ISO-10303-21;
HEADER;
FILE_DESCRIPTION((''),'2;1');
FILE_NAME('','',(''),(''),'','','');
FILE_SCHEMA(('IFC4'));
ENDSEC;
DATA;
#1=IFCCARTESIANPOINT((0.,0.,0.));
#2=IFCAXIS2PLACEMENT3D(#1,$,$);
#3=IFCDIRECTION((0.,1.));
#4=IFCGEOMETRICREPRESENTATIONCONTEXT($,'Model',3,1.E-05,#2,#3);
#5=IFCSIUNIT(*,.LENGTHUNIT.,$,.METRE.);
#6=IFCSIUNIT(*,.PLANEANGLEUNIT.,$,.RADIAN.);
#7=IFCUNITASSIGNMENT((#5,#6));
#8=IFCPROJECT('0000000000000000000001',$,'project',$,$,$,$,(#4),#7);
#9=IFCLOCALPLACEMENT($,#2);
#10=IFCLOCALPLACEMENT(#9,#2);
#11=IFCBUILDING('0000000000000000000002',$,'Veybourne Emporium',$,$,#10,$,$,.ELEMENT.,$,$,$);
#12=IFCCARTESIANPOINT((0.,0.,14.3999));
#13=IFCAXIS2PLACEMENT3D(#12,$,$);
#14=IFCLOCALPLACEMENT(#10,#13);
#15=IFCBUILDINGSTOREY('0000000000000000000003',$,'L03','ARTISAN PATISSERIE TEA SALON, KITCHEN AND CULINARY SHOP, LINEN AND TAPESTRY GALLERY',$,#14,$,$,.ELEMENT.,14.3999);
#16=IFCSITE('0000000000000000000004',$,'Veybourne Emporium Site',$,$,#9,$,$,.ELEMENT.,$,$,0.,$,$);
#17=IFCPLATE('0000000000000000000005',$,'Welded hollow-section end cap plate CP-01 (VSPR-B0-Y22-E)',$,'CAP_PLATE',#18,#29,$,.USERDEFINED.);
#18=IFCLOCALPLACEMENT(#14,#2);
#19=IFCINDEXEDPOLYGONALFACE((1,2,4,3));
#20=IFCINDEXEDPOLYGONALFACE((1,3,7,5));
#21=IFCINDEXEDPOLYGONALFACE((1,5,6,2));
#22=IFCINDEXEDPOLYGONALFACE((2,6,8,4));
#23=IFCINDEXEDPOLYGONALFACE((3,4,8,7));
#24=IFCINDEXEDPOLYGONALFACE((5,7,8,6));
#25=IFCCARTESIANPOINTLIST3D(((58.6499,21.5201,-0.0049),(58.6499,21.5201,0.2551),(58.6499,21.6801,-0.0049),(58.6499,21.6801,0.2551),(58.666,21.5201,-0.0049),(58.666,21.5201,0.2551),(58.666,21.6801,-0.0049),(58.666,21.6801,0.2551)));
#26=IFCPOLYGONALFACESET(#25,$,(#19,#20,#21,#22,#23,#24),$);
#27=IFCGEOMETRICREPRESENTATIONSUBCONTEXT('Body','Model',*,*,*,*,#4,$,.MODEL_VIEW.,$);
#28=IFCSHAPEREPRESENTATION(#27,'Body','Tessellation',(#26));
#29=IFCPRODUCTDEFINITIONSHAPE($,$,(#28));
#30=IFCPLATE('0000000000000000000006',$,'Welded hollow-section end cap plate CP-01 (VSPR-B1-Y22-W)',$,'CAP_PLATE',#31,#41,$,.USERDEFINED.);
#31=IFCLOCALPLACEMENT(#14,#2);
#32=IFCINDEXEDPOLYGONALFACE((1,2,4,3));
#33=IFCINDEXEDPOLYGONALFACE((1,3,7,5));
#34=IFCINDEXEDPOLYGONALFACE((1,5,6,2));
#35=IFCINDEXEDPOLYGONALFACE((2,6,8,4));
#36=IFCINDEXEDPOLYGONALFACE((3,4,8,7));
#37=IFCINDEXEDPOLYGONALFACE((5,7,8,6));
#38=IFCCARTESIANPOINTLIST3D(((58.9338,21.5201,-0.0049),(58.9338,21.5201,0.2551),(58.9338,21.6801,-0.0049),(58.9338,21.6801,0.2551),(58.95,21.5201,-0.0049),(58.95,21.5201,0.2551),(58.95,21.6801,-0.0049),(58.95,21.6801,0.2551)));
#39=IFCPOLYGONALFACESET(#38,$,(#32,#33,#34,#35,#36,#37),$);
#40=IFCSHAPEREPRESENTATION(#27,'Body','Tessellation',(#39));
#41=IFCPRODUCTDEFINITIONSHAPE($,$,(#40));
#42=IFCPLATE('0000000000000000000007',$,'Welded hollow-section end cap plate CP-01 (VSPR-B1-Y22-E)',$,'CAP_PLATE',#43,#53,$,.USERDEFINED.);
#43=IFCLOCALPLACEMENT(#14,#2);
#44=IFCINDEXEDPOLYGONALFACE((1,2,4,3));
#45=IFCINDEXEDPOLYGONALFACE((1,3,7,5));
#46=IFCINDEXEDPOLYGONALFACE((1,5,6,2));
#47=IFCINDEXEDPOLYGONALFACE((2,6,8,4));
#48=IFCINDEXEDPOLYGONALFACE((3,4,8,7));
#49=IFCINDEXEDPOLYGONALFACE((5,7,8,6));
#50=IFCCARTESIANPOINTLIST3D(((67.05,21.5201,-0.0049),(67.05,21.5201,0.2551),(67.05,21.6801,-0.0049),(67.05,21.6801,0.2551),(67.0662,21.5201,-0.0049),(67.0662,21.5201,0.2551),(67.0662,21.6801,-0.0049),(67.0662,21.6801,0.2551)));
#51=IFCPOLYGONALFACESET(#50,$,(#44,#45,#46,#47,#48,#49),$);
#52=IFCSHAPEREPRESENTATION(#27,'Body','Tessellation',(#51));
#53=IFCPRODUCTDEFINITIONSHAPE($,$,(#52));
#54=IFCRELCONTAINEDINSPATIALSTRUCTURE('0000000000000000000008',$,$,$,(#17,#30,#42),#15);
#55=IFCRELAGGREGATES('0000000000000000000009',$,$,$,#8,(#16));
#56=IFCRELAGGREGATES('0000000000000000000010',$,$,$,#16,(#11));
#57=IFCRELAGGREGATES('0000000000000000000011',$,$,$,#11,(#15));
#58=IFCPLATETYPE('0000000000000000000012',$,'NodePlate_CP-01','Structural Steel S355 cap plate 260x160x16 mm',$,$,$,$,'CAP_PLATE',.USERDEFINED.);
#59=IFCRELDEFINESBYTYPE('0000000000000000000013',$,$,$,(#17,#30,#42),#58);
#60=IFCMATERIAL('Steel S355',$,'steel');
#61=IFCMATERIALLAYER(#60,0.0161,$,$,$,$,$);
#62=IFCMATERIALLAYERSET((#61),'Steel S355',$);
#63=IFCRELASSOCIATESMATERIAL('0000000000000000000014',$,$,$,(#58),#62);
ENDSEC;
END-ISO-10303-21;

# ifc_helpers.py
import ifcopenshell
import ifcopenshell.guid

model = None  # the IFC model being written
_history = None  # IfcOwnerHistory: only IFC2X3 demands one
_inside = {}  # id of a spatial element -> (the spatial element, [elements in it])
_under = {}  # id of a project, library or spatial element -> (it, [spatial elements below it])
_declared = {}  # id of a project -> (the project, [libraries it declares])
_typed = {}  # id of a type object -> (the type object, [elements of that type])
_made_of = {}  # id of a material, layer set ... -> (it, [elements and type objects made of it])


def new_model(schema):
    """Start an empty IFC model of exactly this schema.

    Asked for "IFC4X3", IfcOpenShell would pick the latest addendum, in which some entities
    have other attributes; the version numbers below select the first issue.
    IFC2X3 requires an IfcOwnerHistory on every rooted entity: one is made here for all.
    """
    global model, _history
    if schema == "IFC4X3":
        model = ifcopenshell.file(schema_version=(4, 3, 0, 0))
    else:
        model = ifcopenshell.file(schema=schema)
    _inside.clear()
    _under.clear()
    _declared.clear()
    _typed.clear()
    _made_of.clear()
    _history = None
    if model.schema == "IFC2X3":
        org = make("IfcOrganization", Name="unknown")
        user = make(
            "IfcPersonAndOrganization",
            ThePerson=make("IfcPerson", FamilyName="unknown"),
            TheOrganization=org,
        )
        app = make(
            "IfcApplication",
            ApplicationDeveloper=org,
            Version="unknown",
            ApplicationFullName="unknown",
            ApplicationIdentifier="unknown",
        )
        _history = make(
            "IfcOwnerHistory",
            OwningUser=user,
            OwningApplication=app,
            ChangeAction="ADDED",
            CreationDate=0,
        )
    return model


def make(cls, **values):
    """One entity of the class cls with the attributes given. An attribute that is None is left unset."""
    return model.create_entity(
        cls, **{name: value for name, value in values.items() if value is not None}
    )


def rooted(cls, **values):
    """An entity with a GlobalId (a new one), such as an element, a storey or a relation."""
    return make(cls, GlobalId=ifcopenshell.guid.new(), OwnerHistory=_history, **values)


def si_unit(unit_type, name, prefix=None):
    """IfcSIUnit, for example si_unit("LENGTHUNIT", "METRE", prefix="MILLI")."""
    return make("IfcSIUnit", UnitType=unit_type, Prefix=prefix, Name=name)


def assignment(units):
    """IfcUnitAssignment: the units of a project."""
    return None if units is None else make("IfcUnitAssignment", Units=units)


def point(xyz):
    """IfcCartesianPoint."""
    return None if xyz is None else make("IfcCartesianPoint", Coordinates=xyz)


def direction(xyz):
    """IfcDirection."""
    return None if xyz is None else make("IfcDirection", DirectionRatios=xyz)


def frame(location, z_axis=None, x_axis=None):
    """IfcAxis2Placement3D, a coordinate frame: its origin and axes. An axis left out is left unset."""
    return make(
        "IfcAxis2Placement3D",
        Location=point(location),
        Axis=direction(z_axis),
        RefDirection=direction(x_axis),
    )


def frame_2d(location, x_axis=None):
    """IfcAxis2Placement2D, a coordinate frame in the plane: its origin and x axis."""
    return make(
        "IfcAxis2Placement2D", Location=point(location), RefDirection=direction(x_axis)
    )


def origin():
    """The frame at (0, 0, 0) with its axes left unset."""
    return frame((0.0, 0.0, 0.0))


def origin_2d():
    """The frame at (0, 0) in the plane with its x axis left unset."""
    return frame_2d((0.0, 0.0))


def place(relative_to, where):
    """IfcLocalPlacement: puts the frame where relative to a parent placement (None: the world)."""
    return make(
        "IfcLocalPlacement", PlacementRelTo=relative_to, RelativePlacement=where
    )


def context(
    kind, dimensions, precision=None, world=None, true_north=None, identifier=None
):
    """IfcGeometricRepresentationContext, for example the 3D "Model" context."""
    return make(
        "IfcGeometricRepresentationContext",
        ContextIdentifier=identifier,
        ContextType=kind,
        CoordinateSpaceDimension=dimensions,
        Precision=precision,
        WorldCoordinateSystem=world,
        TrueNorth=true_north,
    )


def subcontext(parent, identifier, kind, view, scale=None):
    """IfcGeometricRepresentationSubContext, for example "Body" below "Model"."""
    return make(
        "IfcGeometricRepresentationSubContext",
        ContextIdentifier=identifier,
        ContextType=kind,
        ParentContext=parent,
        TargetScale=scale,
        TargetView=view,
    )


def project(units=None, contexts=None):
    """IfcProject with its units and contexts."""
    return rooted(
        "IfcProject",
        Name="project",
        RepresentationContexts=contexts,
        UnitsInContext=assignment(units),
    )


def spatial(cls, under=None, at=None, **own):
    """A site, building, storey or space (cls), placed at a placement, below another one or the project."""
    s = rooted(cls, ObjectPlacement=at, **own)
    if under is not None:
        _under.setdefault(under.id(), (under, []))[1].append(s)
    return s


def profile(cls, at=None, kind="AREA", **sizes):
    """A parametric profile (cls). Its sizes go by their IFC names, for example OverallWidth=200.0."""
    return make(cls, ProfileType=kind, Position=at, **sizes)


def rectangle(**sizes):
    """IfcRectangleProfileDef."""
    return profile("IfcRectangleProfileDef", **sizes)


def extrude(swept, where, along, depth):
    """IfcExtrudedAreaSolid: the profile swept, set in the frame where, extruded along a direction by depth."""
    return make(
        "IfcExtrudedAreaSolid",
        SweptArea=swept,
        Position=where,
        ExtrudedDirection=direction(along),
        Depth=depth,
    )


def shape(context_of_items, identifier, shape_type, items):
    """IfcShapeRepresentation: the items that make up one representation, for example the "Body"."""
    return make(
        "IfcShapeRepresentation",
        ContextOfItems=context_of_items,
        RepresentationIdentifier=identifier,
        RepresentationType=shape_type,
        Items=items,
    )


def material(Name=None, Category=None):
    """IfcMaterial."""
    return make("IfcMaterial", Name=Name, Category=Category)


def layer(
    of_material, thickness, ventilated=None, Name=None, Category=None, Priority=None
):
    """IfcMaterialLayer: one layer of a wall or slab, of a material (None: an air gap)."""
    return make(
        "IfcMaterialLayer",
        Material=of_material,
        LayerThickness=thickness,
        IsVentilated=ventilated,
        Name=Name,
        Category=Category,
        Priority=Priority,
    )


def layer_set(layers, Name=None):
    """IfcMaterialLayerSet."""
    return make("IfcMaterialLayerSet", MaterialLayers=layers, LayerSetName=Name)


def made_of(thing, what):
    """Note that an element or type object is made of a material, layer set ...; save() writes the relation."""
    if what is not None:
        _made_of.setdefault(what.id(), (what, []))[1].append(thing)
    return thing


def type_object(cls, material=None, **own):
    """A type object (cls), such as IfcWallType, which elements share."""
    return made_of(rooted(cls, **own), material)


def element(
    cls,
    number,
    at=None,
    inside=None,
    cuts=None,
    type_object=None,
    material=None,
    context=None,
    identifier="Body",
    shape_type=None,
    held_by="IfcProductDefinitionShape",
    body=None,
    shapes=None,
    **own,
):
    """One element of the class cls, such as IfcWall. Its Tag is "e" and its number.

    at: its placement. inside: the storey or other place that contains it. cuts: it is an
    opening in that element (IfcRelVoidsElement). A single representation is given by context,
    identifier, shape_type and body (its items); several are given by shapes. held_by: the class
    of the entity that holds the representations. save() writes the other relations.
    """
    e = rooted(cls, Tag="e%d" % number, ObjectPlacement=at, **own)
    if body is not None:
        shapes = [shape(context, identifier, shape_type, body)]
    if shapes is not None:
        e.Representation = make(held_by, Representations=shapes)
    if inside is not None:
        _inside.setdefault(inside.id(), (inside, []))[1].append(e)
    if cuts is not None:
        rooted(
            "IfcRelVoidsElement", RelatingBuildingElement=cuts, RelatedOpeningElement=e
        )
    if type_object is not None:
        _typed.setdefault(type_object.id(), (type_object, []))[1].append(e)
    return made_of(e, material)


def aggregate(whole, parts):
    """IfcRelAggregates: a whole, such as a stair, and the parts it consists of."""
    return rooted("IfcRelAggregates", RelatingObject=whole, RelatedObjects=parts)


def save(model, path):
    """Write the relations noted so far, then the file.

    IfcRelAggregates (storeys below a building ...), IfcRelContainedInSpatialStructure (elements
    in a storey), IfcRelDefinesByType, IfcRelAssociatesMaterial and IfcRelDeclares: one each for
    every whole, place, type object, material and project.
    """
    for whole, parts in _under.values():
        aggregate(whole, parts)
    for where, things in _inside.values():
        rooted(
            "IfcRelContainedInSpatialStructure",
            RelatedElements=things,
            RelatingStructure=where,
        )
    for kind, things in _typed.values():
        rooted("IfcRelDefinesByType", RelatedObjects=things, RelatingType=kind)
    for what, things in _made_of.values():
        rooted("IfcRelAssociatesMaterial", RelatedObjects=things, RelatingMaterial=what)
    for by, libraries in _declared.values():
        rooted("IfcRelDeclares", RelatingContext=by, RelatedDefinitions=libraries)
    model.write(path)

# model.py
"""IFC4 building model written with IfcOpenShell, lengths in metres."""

from ifc_helpers import new_model, si_unit, direction, frame, origin, origin_2d, place, context, subcontext, project, spatial, rectangle, extrude, material, layer, layer_set, type_object, element, save


model = new_model("IFC4")

# Units and contexts
model_context = context("Model", 3, precision=1e-05, world=origin(), true_north=direction((0.0, 1.0)))
body_context = subcontext(model_context, "Body", "Model", "MODEL_VIEW")
ifc_project = project(units=[si_unit("LENGTHUNIT", "METRE"), si_unit("PLANEANGLEUNIT", "RADIAN")], contexts=[model_context])

# Site, building, storey
site_placement = place(None, origin())
site = spatial("IfcSite", under=ifc_project, at=site_placement, Name="Veybourne Emporium Site", CompositionType="ELEMENT", RefElevation=0.0)
building_placement = place(site_placement, origin())
building = spatial("IfcBuilding", under=site, at=building_placement, Name="Veybourne Emporium", CompositionType="ELEMENT")
storey_placement = place(building_placement, frame((0.0, 0.0, 14.3999)))
storey = spatial("IfcBuildingStorey", under=building, at=storey_placement, Name="L03", Description="ARTISAN PATISSERIE TEA SALON, KITCHEN AND CULINARY SHOP, LINEN AND TAPESTRY GALLERY", CompositionType="ELEMENT", Elevation=14.3999)

# Shared definitions
ifc_material_1 = material(Name="Steel S355", Category="steel")

# Plates
ifc_layer_1 = layer(ifc_material_1, 0.0161)
ifc_layer_set_1 = layer_set([ifc_layer_1], Name="Steel S355")
plate_type_1 = type_object("IfcPlateType", Name="NodePlate_CP-01", Description="Structural Steel S355 cap plate 260x160x16 mm", ElementType="CAP_PLATE", PredefinedType="USERDEFINED", material=ifc_layer_set_1)
for number, where, z_axis, x_axis, name in (
    (1, (58.658, 21.6001, -0.0049), (0.0, 0.0, 1.0), (1.0, 0.0, 0.0), "Welded hollow-section end cap plate CP-01 (VSPR-B0-Y22-E)"),
    (2, (58.9419, 21.6001, -0.0049), (0.0, 0.0, 1.0), (1.0, 0.0, 0.0), "Welded hollow-section end cap plate CP-01 (VSPR-B1-Y22-W)"),
    (3, (67.0581, 21.6001, -0.0049), (0.0, 0.0, 1.0), (1.0, 0.0, 0.0), "Welded hollow-section end cap plate CP-01 (VSPR-B1-Y22-E)"),
):
    element("IfcPlate", number, at=place(storey_placement, frame(where, z_axis=z_axis, x_axis=x_axis)), inside=storey, type_object=plate_type_1, Name=name, ObjectType="CAP_PLATE", PredefinedType="USERDEFINED", context=body_context, shape_type="SweptSolid", body=[
        extrude(rectangle(XDim=0.0161, YDim=0.1599, at=origin_2d()), origin(), (0.0, 0.0, 1.0), 0.26),
    ])

save(model, "model.ifc")
